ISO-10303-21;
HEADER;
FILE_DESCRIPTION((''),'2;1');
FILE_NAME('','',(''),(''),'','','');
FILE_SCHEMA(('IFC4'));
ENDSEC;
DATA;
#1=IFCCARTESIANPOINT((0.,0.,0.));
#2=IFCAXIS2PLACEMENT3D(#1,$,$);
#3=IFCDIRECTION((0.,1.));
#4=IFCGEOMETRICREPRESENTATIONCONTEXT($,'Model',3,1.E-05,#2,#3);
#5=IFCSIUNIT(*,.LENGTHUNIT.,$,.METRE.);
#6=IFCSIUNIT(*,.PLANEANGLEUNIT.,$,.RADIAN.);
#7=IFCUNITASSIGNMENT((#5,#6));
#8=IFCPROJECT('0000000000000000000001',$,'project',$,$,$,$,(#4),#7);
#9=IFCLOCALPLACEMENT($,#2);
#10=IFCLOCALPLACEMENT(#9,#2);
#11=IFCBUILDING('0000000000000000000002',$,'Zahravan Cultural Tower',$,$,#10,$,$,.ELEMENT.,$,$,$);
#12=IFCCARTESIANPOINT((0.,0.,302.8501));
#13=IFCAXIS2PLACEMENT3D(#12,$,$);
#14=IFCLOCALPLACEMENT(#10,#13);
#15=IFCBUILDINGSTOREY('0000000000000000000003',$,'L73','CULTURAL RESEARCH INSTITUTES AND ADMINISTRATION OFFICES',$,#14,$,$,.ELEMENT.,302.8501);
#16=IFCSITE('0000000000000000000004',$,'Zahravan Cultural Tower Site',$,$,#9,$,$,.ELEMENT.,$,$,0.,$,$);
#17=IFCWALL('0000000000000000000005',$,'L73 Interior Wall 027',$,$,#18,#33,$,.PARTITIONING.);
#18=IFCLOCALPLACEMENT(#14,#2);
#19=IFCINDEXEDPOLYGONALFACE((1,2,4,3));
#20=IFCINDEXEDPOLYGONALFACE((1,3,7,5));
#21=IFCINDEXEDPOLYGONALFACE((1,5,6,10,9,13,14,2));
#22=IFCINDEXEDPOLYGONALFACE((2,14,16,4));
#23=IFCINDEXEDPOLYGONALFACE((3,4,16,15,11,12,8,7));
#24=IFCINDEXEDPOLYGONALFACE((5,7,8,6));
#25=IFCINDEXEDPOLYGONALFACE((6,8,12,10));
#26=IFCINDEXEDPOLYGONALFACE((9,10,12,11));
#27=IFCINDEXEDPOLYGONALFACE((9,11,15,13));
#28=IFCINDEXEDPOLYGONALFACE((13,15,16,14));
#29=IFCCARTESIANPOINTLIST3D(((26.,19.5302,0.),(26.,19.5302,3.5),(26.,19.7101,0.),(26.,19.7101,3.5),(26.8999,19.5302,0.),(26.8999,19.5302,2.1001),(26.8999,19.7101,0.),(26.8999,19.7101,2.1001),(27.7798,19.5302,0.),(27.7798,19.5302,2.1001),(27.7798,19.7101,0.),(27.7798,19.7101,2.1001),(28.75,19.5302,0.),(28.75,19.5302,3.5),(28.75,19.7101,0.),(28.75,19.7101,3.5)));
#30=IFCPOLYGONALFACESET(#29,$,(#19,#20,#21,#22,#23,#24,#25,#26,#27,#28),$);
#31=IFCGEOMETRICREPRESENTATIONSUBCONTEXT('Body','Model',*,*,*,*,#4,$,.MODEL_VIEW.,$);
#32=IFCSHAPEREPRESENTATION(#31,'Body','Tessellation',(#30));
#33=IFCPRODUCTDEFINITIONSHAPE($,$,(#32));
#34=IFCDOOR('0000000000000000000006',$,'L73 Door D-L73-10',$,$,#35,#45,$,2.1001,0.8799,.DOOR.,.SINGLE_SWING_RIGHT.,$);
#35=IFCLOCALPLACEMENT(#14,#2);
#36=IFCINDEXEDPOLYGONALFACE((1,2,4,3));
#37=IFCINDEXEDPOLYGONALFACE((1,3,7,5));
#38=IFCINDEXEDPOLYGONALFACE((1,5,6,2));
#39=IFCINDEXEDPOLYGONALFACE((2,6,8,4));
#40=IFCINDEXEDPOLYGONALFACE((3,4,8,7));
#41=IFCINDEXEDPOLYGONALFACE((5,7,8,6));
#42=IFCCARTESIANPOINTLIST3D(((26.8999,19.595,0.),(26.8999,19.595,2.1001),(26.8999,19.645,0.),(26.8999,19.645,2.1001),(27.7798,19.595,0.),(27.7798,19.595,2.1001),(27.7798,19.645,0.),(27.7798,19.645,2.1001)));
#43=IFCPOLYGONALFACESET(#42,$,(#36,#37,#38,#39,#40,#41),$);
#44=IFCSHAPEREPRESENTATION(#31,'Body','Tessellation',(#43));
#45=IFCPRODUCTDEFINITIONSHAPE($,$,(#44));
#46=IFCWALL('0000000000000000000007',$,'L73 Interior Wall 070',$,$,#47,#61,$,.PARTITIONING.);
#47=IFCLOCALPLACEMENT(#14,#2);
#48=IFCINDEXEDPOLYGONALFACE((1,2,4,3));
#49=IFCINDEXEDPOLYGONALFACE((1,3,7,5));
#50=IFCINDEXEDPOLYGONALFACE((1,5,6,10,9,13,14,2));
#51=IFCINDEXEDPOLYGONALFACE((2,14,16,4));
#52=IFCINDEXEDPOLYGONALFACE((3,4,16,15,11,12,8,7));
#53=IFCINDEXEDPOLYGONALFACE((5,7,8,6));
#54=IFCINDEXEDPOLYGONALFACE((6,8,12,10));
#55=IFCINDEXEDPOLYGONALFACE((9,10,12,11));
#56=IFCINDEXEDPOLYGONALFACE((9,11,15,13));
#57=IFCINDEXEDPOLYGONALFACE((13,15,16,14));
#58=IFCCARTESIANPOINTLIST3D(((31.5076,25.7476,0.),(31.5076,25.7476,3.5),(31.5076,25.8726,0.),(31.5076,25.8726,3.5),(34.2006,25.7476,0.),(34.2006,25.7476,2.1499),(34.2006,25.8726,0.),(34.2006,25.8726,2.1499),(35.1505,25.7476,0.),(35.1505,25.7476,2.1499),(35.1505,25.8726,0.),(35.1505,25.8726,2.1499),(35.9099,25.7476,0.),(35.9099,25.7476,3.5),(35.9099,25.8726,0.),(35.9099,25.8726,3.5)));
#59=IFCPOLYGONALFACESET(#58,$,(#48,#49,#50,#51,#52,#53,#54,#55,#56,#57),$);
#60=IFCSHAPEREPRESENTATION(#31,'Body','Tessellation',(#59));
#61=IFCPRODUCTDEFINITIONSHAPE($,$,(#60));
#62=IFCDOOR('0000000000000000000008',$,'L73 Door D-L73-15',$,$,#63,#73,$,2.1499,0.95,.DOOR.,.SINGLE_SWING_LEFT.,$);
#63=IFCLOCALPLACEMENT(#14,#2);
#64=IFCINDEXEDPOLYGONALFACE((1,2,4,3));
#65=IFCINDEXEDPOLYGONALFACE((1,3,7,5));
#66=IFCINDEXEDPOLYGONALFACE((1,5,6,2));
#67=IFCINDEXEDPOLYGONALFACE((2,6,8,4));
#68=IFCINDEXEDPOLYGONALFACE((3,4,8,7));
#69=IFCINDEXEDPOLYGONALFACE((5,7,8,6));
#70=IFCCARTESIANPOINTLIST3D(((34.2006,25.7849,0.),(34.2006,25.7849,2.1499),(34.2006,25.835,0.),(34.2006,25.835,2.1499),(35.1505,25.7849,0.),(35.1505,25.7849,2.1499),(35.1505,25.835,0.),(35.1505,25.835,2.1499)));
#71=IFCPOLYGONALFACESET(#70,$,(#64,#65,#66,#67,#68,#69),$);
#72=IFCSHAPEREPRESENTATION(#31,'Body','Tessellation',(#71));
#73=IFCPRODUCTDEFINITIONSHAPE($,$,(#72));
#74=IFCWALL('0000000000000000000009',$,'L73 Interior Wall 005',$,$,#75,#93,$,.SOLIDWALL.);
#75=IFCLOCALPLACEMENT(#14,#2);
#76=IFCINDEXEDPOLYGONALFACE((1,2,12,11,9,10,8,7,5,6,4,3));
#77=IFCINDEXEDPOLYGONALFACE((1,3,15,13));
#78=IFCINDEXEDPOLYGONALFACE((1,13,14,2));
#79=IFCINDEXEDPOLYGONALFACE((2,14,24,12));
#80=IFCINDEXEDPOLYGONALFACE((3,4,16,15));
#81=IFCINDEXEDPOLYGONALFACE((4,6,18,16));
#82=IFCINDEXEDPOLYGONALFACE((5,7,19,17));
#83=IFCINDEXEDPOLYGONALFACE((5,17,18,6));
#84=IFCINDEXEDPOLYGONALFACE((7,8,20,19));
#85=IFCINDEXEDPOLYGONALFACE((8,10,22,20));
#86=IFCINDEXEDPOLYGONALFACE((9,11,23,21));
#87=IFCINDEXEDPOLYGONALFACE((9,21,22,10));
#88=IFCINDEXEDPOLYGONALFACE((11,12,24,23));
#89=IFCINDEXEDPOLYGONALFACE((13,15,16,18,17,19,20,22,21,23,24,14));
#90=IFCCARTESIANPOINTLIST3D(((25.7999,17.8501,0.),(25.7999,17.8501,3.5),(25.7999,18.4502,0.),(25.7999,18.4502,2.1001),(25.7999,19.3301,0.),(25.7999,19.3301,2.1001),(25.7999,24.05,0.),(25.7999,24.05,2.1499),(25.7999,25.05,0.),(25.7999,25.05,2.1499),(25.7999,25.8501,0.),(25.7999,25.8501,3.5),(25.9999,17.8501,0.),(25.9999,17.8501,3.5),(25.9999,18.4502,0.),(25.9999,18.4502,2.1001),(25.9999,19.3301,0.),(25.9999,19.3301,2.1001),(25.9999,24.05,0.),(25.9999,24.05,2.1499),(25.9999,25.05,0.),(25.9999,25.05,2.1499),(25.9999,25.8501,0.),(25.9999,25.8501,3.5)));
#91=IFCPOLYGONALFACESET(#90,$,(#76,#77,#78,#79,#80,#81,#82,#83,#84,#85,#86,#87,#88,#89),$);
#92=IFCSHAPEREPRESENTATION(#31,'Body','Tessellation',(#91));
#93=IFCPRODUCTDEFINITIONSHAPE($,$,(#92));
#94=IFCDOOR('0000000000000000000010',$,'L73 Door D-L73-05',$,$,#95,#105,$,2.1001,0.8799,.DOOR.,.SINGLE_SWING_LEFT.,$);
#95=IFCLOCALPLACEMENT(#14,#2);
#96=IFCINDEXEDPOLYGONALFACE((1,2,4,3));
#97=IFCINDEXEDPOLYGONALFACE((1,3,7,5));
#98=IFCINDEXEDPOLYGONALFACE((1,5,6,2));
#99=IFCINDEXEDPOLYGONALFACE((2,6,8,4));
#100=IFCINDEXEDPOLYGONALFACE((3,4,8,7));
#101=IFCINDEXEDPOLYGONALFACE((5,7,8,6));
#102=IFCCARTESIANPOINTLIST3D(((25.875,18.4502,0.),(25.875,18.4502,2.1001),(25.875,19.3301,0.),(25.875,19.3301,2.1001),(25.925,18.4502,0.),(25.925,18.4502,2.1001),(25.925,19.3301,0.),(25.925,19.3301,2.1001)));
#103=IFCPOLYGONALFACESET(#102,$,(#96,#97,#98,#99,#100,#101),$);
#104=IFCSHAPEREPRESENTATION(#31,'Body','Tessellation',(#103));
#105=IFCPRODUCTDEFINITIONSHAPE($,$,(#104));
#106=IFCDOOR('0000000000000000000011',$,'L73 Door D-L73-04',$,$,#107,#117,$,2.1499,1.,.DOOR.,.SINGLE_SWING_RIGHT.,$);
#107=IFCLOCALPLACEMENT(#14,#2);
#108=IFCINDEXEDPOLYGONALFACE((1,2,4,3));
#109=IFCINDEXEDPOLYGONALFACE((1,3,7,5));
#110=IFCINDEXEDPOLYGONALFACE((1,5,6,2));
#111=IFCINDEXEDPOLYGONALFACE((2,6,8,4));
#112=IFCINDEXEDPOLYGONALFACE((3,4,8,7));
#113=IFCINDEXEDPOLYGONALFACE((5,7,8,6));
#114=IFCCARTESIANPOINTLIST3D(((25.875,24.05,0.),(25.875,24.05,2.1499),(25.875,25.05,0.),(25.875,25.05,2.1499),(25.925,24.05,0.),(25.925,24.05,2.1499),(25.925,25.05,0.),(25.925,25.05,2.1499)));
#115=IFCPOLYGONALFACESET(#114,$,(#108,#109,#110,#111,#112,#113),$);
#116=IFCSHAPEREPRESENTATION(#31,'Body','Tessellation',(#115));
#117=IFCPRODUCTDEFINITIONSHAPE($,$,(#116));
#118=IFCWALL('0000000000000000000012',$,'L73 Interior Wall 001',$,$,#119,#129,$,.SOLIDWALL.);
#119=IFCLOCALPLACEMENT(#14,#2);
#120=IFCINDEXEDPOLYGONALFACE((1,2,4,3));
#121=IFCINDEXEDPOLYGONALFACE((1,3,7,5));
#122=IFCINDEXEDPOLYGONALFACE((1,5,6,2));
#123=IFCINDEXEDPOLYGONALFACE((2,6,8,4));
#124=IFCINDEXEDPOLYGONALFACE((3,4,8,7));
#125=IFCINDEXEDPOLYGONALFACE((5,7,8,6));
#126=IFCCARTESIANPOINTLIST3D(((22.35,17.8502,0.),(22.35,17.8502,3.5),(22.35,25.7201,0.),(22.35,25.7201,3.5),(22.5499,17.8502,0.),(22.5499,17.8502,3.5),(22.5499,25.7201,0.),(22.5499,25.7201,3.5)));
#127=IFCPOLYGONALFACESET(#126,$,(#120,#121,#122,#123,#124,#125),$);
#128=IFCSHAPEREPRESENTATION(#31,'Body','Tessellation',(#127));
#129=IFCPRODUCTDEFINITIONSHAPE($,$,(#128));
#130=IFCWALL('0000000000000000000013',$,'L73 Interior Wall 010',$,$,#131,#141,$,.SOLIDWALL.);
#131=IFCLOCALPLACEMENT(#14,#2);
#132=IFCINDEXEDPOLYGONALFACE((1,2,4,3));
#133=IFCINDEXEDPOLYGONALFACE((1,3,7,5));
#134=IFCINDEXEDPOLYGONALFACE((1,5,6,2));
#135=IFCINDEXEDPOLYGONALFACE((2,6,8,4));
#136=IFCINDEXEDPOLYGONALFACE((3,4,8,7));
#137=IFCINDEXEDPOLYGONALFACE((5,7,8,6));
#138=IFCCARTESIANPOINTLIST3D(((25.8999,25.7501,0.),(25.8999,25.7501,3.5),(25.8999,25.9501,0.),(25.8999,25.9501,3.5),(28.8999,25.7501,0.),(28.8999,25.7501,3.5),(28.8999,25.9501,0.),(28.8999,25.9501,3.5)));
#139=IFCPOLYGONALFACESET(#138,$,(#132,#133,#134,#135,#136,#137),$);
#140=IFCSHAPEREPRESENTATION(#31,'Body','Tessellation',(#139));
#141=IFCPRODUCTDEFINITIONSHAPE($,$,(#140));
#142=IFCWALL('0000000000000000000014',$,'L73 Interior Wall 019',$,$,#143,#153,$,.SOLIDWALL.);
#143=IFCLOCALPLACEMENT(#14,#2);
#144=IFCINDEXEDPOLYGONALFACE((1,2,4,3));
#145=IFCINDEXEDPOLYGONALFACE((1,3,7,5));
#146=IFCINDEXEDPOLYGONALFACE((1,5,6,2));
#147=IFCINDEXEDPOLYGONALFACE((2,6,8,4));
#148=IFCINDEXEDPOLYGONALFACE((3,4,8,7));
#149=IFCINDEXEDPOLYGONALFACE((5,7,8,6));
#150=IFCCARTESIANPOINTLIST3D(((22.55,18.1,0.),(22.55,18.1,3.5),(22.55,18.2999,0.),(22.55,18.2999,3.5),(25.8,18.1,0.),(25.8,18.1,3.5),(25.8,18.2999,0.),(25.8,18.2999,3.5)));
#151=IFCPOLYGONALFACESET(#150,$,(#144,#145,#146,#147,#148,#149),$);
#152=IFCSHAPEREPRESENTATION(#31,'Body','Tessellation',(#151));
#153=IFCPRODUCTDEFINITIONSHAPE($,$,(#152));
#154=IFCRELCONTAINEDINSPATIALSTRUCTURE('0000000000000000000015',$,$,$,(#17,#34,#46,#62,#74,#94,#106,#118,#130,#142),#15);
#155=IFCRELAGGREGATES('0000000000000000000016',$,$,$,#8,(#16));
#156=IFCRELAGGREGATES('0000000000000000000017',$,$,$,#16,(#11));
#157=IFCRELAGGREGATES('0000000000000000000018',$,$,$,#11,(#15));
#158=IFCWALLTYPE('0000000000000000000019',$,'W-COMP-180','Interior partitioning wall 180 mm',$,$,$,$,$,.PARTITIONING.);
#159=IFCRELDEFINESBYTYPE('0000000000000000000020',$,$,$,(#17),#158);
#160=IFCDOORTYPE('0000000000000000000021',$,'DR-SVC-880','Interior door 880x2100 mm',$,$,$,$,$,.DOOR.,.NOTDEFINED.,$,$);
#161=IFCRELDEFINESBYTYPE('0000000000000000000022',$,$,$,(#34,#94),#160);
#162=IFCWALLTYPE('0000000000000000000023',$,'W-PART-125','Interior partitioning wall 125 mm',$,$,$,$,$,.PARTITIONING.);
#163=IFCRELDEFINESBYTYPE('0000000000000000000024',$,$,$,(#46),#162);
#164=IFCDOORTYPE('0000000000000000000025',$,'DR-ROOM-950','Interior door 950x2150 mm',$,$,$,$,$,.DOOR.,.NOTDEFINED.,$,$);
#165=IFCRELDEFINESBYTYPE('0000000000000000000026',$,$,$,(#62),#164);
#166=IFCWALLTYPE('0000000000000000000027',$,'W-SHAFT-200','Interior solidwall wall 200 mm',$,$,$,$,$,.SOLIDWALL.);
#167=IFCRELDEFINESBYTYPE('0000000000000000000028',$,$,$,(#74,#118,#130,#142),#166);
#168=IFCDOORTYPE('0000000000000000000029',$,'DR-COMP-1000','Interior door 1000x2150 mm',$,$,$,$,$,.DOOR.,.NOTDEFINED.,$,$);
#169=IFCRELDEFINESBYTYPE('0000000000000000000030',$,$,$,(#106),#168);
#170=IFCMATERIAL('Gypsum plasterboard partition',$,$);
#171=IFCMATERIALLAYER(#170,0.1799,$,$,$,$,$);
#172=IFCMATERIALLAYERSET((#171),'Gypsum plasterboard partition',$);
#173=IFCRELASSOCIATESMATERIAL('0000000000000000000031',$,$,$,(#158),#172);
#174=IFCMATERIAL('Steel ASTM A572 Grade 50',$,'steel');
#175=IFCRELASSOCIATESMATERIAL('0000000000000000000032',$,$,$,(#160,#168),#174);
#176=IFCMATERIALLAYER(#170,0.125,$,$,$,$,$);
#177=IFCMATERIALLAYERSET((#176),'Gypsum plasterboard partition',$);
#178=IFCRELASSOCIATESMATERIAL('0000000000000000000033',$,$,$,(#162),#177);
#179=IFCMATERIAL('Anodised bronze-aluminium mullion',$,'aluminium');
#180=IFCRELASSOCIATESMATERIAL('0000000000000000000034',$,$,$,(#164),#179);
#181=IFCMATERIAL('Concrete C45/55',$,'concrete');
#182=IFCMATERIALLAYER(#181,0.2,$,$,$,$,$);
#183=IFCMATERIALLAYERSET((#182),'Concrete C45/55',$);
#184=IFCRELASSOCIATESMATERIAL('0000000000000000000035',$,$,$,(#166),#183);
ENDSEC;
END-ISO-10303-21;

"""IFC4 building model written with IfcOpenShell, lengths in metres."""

from ifc_helpers import new_model, si_unit, direction, frame, frame_2d, origin, place, context, subcontext, project, spatial, rectangle, extrude, source, transform, mapped, material, layer, layer_set, type_object, element, fill, save


model = new_model("IFC4")

# Units and contexts
model_context = context("Model", 3, precision=1e-05, world=origin(), true_north=direction((0.0, 1.0)))
body_context = subcontext(model_context, "Body", "Model", "MODEL_VIEW")
ifc_project = project(units=[si_unit("LENGTHUNIT", "METRE"), si_unit("PLANEANGLEUNIT", "RADIAN")], contexts=[model_context])

# Site, building, storey
site_placement = place(None, origin())
site = spatial("IfcSite", under=ifc_project, at=site_placement, Name="Zahravan Cultural Tower Site", CompositionType="ELEMENT", RefElevation=0.0)
building_placement = place(site_placement, origin())
building = spatial("IfcBuilding", under=site, at=building_placement, Name="Zahravan Cultural Tower", CompositionType="ELEMENT")
storey_placement = place(building_placement, frame((0.0, 0.0, 302.8501)))
storey = spatial("IfcBuildingStorey", under=building, at=storey_placement, Name="L73", Description="CULTURAL RESEARCH INSTITUTES AND ADMINISTRATION OFFICES", CompositionType="ELEMENT", Elevation=302.8501)

# Walls, openings, doors
ifc_material_1 = material(Name="Gypsum plasterboard partition")
ifc_layer_1 = layer(ifc_material_1, 0.1799)
ifc_layer_set_1 = layer_set([ifc_layer_1], Name="Gypsum plasterboard partition")
wall_type_1 = type_object("IfcWallType", Name="W-COMP-180", Description="Interior partitioning wall 180 mm", PredefinedType="PARTITIONING", material=ifc_layer_set_1)
wall_1_placement = place(storey_placement, frame((26.0, 19.6201, 0.0), z_axis=(0.0, 0.0, 1.0), x_axis=(1.0, 0.0, 0.0)))
wall_1 = element("IfcWall", 1, at=wall_1_placement, inside=storey, type_object=wall_type_1, Name="L73 Interior Wall 027", PredefinedType="PARTITIONING", context=body_context, shape_type="SweptSolid", body=[
    extrude(rectangle(XDim=2.75, YDim=0.1799, at=frame_2d((1.375, 0.0))), origin(), (0.0, 0.0, 1.0), 3.5),
])
opening_1_placement = place(wall_1_placement, frame((0.8999, 0.0, 0.0)))
opening_1 = element("IfcOpeningElement", 2, at=opening_1_placement, cuts=wall_1, PredefinedType="OPENING", context=body_context, shape_type="SweptSolid", body=[
    extrude(rectangle(XDim=0.8799, YDim=2.1001, at=frame_2d((0.4399, 1.05))), frame((0.0, 0.0999, 0.0), z_axis=(0.0, -1.0, 0.0), x_axis=(1.0, 0.0, 0.0)), (0.0, 0.0, 1.0), 0.2),
])
ifc_material_2 = material(Name="Steel ASTM A572 Grade 50", Category="steel")
door_type_1 = type_object("IfcDoorType", Name="DR-SVC-880", Description="Interior door 880x2100 mm", OperationType="NOTDEFINED", PredefinedType="DOOR", material=ifc_material_2)
shared_shape_1 = source(origin(), body_context, "Body", "SweptSolid", [
    extrude(rectangle(XDim=0.8799, YDim=2.1001, at=frame_2d((0.4399, 1.05))), frame((0.0, 0.0249, 0.0), z_axis=(0.0, -1.0, 0.0), x_axis=(1.0, 0.0, 0.0)), (0.0, 0.0, 1.0), 0.05),
])
door_1_placement = place(opening_1_placement, origin())
door_1 = element("IfcDoor", 3, at=door_1_placement, inside=storey, type_object=door_type_1, Name="L73 Door D-L73-10", OperationType="SINGLE_SWING_RIGHT", OverallHeight=2.1001, OverallWidth=0.8799, PredefinedType="DOOR", context=body_context, shape_type="MappedRepresentation", body=[
    mapped(shared_shape_1, transform((0.0, 0.0, 0.0), x_axis=(1.0, 0.0, 0.0), y_axis=(0.0, 1.0, 0.0), z_axis=(0.0, 0.0, 1.0), scale=1.0)),
])
fill(opening_1, door_1)
ifc_layer_2 = layer(ifc_material_1, 0.125)
ifc_layer_set_2 = layer_set([ifc_layer_2], Name="Gypsum plasterboard partition")
wall_type_2 = type_object("IfcWallType", Name="W-PART-125", Description="Interior partitioning wall 125 mm", PredefinedType="PARTITIONING", material=ifc_layer_set_2)
wall_2_placement = place(storey_placement, frame((31.5076, 25.8101, 0.0), z_axis=(0.0, 0.0, 1.0), x_axis=(1.0, 0.0, 0.0)))
wall_2 = element("IfcWall", 4, at=wall_2_placement, inside=storey, type_object=wall_type_2, Name="L73 Interior Wall 070", PredefinedType="PARTITIONING", context=body_context, shape_type="SweptSolid", body=[
    extrude(rectangle(XDim=4.4023, YDim=0.125, at=frame_2d((2.2012, 0.0))), origin(), (0.0, 0.0, 1.0), 3.5),
])
opening_2_placement = place(wall_2_placement, frame((2.6929, 0.0, 0.0)))
opening_2 = element("IfcOpeningElement", 5, at=opening_2_placement, cuts=wall_2, PredefinedType="OPENING", context=body_context, shape_type="SweptSolid", body=[
    extrude(rectangle(XDim=0.95, YDim=2.1499, at=frame_2d((0.4751, 1.075))), frame((0.0, 0.0725, 0.0), z_axis=(0.0, -1.0, 0.0), x_axis=(1.0, 0.0, 0.0)), (0.0, 0.0, 1.0), 0.145),
])
ifc_material_3 = material(Name="Anodised bronze-aluminium mullion", Category="aluminium")
door_type_2 = type_object("IfcDoorType", Name="DR-ROOM-950", Description="Interior door 950x2150 mm", OperationType="NOTDEFINED", PredefinedType="DOOR", material=ifc_material_3)
shared_shape_2 = source(origin(), body_context, "Body", "SweptSolid", [
    extrude(rectangle(XDim=0.95, YDim=2.1499, at=frame_2d((0.4751, 1.075))), frame((0.0, 0.0249, 0.0), z_axis=(0.0, -1.0, 0.0), x_axis=(1.0, 0.0, 0.0)), (0.0, 0.0, 1.0), 0.05),
])
door_2_placement = place(opening_2_placement, origin())
door_2 = element("IfcDoor", 6, at=door_2_placement, inside=storey, type_object=door_type_2, Name="L73 Door D-L73-15", OperationType="SINGLE_SWING_LEFT", OverallHeight=2.1499, OverallWidth=0.95, PredefinedType="DOOR", context=body_context, shape_type="MappedRepresentation", body=[
    mapped(shared_shape_2, transform((0.0, 0.0, 0.0), x_axis=(1.0, 0.0, 0.0), y_axis=(0.0, 1.0, 0.0), z_axis=(0.0, 0.0, 1.0), scale=1.0)),
])
fill(opening_2, door_2)

# Wall, openings, doors
ifc_material_4 = material(Name="Concrete C45/55", Category="concrete")
ifc_layer_3 = layer(ifc_material_4, 0.2)
ifc_layer_set_3 = layer_set([ifc_layer_3], Name="Concrete C45/55")
wall_type_3 = type_object("IfcWallType", Name="W-SHAFT-200", Description="Interior solidwall wall 200 mm", PredefinedType="SOLIDWALL", material=ifc_layer_set_3)
wall_3_placement = place(storey_placement, frame((25.8999, 17.8501, 0.0), z_axis=(0.0, 0.0, 1.0), x_axis=(0.0, 1.0, 0.0)))
wall_3 = element("IfcWall", 7, at=wall_3_placement, inside=storey, type_object=wall_type_3, Name="L73 Interior Wall 005", PredefinedType="SOLIDWALL", context=body_context, shape_type="SweptSolid", body=[
    extrude(rectangle(XDim=8.0, YDim=0.2, at=frame_2d((4.0, 0.0))), origin(), (0.0, 0.0, 1.0), 3.5),
])
opening_3_placement = place(wall_3_placement, frame((6.2, 0.0, 0.0)))
opening_3 = element("IfcOpeningElement", 8, at=opening_3_placement, cuts=wall_3, PredefinedType="OPENING", context=body_context, shape_type="SweptSolid", body=[
    extrude(rectangle(XDim=1.0, YDim=2.1499, at=frame_2d((0.5, 1.075))), frame((0.0, 0.1099, 0.0), z_axis=(0.0, -1.0, 0.0), x_axis=(1.0, 0.0, 0.0)), (0.0, 0.0, 1.0), 0.22),
])
opening_4_placement = place(wall_3_placement, frame((0.6001, 0.0, 0.0)))
opening_4 = element("IfcOpeningElement", 9, at=opening_4_placement, cuts=wall_3, PredefinedType="OPENING", context=body_context, shape_type="SweptSolid", body=[
    extrude(rectangle(XDim=0.8799, YDim=2.1001, at=frame_2d((0.4399, 1.05))), frame((0.0, 0.1099, 0.0), z_axis=(0.0, -1.0, 0.0), x_axis=(1.0, 0.0, 0.0)), (0.0, 0.0, 1.0), 0.22),
])
door_3_placement = place(opening_4_placement, origin())
door_3 = element("IfcDoor", 10, at=door_3_placement, inside=storey, type_object=door_type_1, Name="L73 Door D-L73-05", OperationType="SINGLE_SWING_LEFT", OverallHeight=2.1001, OverallWidth=0.8799, PredefinedType="DOOR", context=body_context, shape_type="MappedRepresentation", body=[
    mapped(shared_shape_1, transform((0.0, 0.0, 0.0), x_axis=(1.0, 0.0, 0.0), y_axis=(0.0, 1.0, 0.0), z_axis=(0.0, 0.0, 1.0), scale=1.0)),
])
fill(opening_4, door_3)
door_type_3 = type_object("IfcDoorType", Name="DR-COMP-1000", Description="Interior door 1000x2150 mm", OperationType="NOTDEFINED", PredefinedType="DOOR", material=ifc_material_2)
shared_shape_3 = source(origin(), body_context, "Body", "SweptSolid", [
    extrude(rectangle(XDim=1.0, YDim=2.1499, at=frame_2d((0.5, 1.075))), frame((0.0, 0.0249, 0.0), z_axis=(0.0, -1.0, 0.0), x_axis=(1.0, 0.0, 0.0)), (0.0, 0.0, 1.0), 0.05),
])
door_4_placement = place(opening_3_placement, origin())
door_4 = element("IfcDoor", 11, at=door_4_placement, inside=storey, type_object=door_type_3, Name="L73 Door D-L73-04", OperationType="SINGLE_SWING_RIGHT", OverallHeight=2.1499, OverallWidth=1.0, PredefinedType="DOOR", context=body_context, shape_type="MappedRepresentation", body=[
    mapped(shared_shape_3, transform((0.0, 0.0, 0.0), x_axis=(1.0, 0.0, 0.0), y_axis=(0.0, 1.0, 0.0), z_axis=(0.0, 0.0, 1.0), scale=1.0)),
])
fill(opening_3, door_4)

# Walls
shared_shape_4 = source(origin(), body_context, "Body", "SweptSolid", [
    extrude(rectangle(XDim=7.8699, YDim=0.2, at=frame_2d((3.9351, 0.0))), origin(), (0.0, 0.0, 1.0), 3.5),
])
wall_4_placement = place(storey_placement, frame((22.45, 17.8501, 0.0), z_axis=(0.0, 0.0, 1.0), x_axis=(0.0, 1.0, 0.0)))
element("IfcWall", 12, at=wall_4_placement, inside=storey, type_object=wall_type_3, Name="L73 Interior Wall 001", PredefinedType="SOLIDWALL", context=body_context, shape_type="MappedRepresentation", body=[
    mapped(shared_shape_4, transform((0.0, 0.0, 0.0), x_axis=(1.0, 0.0, 0.0), y_axis=(0.0, 1.0, 0.0), z_axis=(0.0, 0.0, 1.0), scale=1.0)),
])
shared_shape_5 = source(origin(), body_context, "Body", "SweptSolid", [
    extrude(rectangle(XDim=3.0, YDim=0.2, at=frame_2d((1.5, 0.0))), origin(), (0.0, 0.0, 1.0), 3.5),
])
wall_5_placement = place(storey_placement, frame((25.8999, 25.8501, 0.0), z_axis=(0.0, 0.0, 1.0), x_axis=(1.0, 0.0, 0.0)))
element("IfcWall", 13, at=wall_5_placement, inside=storey, type_object=wall_type_3, Name="L73 Interior Wall 010", PredefinedType="SOLIDWALL", context=body_context, shape_type="MappedRepresentation", body=[
    mapped(shared_shape_5, transform((0.0, 0.0, 0.0), x_axis=(1.0, 0.0, 0.0), y_axis=(0.0, 1.0, 0.0), z_axis=(0.0, 0.0, 1.0), scale=1.0)),
])
shared_shape_6 = source(origin(), body_context, "Body", "SweptSolid", [
    extrude(rectangle(XDim=3.25, YDim=0.2, at=frame_2d((1.625, 0.0))), origin(), (0.0, 0.0, 1.0), 3.5),
])
wall_6_placement = place(storey_placement, frame((22.55, 18.2, 0.0), z_axis=(0.0, 0.0, 1.0), x_axis=(1.0, 0.0, 0.0)))
element("IfcWall", 14, at=wall_6_placement, inside=storey, type_object=wall_type_3, Name="L73 Interior Wall 019", PredefinedType="SOLIDWALL", context=body_context, shape_type="MappedRepresentation", body=[
    mapped(shared_shape_6, transform((0.0, 0.0, 0.0), x_axis=(1.0, 0.0, 0.0), y_axis=(0.0, 1.0, 0.0), z_axis=(0.0, 0.0, 1.0), scale=1.0)),
])

save(model, "model.ifc")
